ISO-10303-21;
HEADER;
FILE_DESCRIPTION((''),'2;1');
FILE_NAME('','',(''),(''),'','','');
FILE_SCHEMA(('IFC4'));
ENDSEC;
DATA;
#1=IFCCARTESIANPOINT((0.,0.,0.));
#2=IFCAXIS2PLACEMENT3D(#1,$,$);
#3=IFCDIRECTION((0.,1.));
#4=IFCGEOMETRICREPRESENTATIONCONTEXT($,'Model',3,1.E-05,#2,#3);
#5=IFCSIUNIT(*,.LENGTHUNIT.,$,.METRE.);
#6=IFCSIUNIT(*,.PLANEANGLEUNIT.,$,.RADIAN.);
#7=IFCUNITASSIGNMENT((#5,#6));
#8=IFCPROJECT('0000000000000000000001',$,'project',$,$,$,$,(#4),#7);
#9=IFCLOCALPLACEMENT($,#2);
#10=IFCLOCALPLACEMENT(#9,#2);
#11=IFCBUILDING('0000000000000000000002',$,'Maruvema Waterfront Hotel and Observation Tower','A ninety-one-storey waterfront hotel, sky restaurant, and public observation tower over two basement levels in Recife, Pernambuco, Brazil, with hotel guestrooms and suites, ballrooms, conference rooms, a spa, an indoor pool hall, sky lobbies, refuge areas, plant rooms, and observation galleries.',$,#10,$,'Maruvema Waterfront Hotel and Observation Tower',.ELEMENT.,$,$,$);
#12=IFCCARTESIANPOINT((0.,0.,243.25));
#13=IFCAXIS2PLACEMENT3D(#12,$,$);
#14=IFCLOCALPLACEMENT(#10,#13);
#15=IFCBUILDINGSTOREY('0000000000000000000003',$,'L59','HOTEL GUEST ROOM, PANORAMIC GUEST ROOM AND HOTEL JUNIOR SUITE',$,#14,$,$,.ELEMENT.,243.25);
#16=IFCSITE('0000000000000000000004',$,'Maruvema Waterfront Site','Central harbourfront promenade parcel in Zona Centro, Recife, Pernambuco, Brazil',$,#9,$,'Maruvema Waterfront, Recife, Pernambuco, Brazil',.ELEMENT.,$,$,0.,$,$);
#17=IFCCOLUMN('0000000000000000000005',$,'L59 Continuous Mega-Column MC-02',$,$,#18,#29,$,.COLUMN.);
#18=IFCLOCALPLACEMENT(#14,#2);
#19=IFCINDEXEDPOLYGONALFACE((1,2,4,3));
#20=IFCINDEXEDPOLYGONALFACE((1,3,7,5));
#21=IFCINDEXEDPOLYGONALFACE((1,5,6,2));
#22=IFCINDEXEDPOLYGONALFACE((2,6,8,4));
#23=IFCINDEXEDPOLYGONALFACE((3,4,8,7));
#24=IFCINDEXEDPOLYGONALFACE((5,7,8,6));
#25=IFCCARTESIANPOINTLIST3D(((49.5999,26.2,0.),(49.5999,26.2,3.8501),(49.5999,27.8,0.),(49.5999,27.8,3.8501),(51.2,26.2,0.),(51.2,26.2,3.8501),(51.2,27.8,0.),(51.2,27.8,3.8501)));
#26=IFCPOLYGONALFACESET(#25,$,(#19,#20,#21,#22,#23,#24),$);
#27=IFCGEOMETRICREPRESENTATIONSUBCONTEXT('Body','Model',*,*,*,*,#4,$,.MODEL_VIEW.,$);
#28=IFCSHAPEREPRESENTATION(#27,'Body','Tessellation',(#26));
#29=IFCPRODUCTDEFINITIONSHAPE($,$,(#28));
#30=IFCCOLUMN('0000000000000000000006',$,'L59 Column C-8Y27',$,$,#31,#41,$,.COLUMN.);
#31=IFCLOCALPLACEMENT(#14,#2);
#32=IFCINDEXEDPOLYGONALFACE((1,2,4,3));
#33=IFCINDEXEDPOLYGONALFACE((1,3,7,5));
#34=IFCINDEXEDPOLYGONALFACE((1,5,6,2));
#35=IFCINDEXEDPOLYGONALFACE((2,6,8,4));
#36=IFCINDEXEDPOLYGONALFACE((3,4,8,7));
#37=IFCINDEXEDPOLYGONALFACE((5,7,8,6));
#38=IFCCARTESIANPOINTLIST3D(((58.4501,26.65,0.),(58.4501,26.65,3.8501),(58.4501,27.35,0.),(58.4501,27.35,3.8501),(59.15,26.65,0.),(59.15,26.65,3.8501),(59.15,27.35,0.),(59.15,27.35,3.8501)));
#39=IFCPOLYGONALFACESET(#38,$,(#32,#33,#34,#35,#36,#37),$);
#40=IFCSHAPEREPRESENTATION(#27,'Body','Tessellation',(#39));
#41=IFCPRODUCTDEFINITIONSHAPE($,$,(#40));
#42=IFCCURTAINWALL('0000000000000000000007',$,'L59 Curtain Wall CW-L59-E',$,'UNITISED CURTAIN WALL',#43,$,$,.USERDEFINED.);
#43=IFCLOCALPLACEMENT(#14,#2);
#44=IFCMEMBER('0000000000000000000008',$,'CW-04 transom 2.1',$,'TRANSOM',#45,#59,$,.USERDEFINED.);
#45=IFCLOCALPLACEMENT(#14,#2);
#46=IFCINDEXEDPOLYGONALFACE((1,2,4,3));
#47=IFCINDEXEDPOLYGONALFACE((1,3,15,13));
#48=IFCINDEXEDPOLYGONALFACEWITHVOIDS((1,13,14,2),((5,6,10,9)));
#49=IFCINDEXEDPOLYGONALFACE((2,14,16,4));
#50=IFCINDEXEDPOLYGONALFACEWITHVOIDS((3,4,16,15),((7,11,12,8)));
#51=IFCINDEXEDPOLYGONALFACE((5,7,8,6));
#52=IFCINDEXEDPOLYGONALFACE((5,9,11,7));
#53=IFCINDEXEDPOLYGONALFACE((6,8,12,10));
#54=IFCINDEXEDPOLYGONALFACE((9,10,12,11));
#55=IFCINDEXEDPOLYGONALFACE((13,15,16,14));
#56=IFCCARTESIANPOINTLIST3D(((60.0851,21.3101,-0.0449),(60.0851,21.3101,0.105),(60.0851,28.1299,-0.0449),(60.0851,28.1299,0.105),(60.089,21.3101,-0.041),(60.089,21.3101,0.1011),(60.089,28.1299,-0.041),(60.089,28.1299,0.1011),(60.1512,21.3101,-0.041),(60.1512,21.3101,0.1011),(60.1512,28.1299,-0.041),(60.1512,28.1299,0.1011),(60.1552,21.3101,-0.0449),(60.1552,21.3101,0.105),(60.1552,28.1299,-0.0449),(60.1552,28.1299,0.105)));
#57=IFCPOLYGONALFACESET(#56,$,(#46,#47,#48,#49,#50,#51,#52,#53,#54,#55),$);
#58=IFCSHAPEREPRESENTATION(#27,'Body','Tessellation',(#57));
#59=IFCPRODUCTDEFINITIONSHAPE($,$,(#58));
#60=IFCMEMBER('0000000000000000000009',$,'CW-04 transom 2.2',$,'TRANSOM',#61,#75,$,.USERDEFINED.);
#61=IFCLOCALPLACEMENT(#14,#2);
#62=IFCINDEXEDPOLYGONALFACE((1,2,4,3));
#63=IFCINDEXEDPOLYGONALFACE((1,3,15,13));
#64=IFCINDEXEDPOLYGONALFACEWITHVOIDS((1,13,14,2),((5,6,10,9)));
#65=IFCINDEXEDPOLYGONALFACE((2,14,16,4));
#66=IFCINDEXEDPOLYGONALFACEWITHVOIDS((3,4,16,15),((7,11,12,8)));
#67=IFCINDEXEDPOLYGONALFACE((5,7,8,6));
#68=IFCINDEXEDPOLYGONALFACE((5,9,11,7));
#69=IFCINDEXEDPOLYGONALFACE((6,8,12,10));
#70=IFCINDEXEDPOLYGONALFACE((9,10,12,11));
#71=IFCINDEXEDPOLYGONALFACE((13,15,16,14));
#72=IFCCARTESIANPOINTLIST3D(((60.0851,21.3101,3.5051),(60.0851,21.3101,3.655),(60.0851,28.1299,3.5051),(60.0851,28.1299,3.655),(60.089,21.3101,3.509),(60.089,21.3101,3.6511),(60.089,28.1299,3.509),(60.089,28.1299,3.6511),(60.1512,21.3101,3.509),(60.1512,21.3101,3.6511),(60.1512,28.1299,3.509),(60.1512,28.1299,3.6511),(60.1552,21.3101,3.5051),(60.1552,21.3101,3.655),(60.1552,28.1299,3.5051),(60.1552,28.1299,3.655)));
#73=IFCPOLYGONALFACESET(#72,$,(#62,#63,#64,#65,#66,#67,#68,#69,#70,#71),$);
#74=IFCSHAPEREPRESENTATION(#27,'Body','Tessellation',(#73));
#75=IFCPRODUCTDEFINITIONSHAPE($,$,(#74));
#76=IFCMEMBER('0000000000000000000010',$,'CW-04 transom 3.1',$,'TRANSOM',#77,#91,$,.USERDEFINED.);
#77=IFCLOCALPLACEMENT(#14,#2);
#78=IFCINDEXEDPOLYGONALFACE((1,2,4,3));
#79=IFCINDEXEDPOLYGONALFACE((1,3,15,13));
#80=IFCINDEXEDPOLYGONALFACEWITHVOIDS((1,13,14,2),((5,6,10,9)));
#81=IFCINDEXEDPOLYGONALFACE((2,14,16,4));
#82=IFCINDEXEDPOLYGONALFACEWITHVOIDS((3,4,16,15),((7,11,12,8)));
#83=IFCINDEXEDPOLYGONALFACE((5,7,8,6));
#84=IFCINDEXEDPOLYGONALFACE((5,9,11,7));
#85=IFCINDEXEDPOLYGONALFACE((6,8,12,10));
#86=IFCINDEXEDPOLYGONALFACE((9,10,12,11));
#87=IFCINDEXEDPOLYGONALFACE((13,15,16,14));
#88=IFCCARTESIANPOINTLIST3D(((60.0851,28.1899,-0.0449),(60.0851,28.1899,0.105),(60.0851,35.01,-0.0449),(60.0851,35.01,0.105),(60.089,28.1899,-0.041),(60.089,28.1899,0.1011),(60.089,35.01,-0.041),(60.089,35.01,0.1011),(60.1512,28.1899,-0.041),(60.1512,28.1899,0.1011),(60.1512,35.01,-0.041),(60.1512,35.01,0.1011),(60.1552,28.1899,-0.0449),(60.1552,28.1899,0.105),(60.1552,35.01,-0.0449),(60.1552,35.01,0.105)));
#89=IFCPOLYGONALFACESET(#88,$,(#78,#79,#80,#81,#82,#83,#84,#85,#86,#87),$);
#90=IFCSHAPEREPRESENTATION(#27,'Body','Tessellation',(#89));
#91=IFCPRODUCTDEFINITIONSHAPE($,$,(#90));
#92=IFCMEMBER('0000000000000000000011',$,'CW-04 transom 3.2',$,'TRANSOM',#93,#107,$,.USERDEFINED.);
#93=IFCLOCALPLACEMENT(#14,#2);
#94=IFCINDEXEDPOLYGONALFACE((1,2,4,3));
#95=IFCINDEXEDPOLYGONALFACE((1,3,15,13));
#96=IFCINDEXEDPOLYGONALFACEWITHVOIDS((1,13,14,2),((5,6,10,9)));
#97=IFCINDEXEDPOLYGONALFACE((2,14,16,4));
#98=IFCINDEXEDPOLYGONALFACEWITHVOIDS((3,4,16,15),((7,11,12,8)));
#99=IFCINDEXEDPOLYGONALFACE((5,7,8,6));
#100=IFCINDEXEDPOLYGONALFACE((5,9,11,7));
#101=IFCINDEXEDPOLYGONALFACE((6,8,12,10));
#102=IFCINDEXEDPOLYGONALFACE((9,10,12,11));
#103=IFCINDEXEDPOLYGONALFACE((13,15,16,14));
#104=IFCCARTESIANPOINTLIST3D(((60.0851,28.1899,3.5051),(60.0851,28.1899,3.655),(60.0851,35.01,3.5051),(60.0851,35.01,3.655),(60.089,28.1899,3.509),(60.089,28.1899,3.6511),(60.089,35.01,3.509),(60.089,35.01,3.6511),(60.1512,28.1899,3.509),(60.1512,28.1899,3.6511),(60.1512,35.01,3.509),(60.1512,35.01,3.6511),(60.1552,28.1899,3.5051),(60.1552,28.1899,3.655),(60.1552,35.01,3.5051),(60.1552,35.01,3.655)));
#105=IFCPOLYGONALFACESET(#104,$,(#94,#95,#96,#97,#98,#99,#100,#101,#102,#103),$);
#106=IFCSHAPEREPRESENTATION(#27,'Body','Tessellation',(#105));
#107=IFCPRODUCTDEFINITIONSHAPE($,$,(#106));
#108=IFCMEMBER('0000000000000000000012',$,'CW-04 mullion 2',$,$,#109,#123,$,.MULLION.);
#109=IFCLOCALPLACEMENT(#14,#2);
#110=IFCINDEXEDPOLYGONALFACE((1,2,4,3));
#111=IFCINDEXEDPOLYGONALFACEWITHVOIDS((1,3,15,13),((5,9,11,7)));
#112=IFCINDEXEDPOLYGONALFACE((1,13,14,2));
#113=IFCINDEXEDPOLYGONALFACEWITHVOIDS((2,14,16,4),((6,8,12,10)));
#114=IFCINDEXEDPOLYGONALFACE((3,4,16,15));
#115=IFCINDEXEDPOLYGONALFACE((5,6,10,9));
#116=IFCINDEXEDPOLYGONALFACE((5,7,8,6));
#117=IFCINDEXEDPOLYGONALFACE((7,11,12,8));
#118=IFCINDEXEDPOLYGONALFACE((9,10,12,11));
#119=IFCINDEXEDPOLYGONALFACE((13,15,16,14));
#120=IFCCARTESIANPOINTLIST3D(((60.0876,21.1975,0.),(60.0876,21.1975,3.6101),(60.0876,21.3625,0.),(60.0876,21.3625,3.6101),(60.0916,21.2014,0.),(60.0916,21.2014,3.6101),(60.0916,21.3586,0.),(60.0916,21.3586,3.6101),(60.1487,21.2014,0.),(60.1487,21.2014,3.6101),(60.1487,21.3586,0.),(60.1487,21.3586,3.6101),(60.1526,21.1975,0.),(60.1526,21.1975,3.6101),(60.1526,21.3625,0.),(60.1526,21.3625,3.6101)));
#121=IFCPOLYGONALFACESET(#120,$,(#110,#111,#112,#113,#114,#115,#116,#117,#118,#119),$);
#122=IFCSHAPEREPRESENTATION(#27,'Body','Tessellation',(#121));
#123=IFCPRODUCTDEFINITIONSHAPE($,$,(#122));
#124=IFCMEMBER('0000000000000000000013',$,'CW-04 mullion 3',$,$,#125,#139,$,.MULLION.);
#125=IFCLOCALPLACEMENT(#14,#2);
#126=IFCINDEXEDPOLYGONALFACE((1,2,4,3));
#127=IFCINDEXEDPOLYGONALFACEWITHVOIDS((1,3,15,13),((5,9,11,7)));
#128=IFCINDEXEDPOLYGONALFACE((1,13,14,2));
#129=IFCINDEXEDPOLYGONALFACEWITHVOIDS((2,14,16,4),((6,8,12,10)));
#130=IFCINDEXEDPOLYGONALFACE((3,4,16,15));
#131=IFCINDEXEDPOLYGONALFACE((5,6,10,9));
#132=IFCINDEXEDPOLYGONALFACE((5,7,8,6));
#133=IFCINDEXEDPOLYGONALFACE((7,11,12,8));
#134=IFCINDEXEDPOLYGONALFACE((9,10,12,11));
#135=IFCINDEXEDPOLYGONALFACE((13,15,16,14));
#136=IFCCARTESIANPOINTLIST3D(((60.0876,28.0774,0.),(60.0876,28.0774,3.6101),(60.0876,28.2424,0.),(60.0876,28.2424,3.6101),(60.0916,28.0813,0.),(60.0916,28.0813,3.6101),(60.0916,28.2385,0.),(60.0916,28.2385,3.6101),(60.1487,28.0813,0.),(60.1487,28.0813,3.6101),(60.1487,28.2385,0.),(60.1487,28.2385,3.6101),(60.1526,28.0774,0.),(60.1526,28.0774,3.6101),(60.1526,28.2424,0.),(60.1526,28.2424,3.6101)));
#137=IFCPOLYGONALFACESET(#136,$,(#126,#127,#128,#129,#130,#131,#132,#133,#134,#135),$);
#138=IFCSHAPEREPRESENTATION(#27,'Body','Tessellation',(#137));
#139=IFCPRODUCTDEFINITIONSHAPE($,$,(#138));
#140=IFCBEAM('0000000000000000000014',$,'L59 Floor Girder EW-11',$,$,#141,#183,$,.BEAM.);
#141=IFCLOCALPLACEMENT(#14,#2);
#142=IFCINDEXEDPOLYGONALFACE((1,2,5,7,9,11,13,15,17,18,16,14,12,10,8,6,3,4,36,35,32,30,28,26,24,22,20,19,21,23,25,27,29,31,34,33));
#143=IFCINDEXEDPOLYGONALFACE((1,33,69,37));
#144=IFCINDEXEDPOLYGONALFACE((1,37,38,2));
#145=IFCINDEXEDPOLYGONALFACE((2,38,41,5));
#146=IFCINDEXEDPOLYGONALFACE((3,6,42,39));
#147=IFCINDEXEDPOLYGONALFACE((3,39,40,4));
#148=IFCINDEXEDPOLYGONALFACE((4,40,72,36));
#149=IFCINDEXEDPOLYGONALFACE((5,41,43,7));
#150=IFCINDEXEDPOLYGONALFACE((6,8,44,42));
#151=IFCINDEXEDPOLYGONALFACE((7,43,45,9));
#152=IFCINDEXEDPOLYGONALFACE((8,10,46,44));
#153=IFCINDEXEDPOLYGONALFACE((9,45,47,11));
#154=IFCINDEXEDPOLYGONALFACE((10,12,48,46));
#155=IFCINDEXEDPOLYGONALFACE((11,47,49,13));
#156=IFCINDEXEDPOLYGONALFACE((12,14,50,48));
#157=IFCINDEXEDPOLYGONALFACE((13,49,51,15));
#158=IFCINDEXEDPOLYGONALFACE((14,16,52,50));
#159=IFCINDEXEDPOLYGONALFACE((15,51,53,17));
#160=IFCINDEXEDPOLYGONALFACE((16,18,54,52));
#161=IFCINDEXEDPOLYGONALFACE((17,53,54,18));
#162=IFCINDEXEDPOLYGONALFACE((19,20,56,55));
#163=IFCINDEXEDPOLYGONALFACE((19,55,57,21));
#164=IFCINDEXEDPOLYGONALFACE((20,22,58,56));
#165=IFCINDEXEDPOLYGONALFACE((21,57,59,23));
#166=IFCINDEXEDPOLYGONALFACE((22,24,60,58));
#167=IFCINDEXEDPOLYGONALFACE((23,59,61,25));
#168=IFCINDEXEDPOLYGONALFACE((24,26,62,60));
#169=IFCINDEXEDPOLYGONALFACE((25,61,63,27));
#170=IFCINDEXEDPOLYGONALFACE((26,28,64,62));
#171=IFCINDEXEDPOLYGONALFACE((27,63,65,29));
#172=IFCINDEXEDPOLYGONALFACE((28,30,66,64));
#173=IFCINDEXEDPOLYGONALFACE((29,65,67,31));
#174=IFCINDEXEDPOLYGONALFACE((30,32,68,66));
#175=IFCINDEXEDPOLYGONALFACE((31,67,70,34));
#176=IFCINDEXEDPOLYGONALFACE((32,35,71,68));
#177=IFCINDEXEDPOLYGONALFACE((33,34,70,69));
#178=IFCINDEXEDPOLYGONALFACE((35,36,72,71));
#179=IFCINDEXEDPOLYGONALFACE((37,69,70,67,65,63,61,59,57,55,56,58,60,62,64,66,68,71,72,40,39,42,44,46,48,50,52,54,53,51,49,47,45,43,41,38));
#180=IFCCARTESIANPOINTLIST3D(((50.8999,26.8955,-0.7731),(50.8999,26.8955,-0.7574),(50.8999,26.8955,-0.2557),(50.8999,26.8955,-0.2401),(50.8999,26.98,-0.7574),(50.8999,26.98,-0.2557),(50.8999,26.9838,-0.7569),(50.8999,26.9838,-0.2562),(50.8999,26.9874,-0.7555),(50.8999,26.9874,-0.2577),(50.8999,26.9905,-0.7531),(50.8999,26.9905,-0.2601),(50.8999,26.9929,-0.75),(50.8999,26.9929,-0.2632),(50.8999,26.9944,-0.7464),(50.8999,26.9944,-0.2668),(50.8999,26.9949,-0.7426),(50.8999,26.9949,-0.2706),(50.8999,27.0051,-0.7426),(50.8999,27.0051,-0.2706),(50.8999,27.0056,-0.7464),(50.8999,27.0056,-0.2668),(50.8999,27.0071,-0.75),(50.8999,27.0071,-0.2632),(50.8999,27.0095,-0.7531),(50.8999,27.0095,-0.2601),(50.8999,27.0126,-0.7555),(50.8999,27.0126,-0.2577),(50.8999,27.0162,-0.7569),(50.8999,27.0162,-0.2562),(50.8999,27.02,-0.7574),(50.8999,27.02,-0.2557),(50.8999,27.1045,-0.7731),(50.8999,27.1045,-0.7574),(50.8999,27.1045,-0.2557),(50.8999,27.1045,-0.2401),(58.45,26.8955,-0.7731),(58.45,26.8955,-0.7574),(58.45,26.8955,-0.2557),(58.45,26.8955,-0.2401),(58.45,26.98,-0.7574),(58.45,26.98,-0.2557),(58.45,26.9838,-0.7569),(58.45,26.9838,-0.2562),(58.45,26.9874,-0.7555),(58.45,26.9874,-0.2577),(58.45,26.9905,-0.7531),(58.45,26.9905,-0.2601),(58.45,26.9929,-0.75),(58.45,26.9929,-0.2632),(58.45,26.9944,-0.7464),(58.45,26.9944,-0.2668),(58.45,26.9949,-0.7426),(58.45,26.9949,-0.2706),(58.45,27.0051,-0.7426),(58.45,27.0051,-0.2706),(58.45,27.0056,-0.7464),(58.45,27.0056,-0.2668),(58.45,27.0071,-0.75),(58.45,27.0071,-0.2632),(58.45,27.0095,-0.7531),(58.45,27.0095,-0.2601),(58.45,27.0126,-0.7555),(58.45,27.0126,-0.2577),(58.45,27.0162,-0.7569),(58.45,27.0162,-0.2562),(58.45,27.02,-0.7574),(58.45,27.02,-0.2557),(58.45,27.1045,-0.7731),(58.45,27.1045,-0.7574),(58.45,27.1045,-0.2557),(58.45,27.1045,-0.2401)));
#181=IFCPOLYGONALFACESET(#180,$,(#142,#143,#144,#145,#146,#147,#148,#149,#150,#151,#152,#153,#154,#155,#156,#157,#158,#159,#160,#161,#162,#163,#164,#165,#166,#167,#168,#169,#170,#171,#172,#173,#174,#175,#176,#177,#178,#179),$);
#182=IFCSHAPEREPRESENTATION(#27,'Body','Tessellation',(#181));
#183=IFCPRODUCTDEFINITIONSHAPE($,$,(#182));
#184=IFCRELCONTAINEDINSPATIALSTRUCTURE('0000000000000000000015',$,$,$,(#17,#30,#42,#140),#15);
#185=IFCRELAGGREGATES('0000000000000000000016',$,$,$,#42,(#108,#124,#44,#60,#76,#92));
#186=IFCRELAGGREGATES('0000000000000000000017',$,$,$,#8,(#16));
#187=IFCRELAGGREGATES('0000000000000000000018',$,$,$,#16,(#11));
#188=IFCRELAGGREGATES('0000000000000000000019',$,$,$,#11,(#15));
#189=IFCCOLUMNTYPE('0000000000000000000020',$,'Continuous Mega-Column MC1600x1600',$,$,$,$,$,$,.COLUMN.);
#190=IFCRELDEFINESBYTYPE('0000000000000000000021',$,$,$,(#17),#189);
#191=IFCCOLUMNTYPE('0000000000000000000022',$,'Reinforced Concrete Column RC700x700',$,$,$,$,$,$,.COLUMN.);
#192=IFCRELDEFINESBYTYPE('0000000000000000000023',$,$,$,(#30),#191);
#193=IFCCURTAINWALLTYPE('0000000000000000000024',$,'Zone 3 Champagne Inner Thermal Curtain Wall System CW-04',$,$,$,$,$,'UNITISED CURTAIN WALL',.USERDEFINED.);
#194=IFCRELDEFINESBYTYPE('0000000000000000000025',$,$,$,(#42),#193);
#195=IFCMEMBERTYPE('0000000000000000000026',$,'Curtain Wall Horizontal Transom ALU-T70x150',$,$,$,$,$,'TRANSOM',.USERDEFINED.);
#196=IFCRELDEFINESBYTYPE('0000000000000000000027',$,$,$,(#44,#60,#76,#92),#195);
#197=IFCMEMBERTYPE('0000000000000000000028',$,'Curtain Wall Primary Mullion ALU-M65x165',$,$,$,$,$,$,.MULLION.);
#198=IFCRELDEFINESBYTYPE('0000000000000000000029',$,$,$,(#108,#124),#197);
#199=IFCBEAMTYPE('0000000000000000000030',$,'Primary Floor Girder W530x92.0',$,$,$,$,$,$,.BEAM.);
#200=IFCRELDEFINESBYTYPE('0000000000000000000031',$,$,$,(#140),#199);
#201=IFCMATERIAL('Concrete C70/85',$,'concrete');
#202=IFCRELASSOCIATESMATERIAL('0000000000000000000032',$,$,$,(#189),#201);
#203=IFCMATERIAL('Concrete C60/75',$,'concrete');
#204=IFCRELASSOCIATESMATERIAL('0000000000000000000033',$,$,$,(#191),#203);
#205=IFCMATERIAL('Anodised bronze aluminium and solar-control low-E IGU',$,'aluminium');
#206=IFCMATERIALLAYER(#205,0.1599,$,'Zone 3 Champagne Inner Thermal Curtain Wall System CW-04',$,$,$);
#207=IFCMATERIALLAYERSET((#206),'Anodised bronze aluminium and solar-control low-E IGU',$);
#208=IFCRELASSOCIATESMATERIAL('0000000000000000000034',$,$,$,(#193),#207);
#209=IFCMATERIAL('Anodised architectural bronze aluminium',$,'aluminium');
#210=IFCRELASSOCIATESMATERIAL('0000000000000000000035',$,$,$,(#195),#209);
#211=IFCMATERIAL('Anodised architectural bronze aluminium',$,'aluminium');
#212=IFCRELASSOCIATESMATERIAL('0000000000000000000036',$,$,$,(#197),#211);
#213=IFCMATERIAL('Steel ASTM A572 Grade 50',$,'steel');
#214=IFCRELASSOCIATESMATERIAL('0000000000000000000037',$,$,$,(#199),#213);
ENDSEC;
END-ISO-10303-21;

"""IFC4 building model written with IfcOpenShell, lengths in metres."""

from ifc_helpers import new_model, si_unit, direction, frame, origin, origin_2d, place, context, subcontext, project, spatial, rectangle, hollow_rectangle, i_section, extrude, material, layer, layer_set, material_profile, profile_set, type_object, element, aggregate, save


model = new_model("IFC4")

# Units and contexts
model_context = context("Model", 3, precision=1e-05, world=origin(), true_north=direction((0.0, 1.0)))
body_context = subcontext(model_context, "Body", "Model", "MODEL_VIEW")
ifc_project = project(units=[si_unit("LENGTHUNIT", "METRE"), si_unit("PLANEANGLEUNIT", "RADIAN")], contexts=[model_context])

# Site, building, storey
site_placement = place(None, origin())
site = spatial("IfcSite", under=ifc_project, at=site_placement, Name="Maruvema Waterfront Site", Description="Central harbourfront promenade parcel in Zona Centro, Recife, Pernambuco, Brazil", LongName="Maruvema Waterfront, Recife, Pernambuco, Brazil", CompositionType="ELEMENT", RefElevation=0.0)
building_placement = place(site_placement, origin())
building = spatial("IfcBuilding", under=site, at=building_placement, Name="Maruvema Waterfront Hotel and Observation Tower", Description="A ninety-one-storey waterfront hotel, sky restaurant, and public observation tower over two basement levels in Recife, Pernambuco, Brazil, with hotel guestrooms and suites, ballrooms, conference rooms, a spa, an indoor pool hall, sky lobbies, refuge areas, plant rooms, and observation galleries.", LongName="Maruvema Waterfront Hotel and Observation Tower", CompositionType="ELEMENT")
storey_placement = place(building_placement, frame((0.0, 0.0, 243.25)))
storey = spatial("IfcBuildingStorey", under=building, at=storey_placement, Name="L59", Description="HOTEL GUEST ROOM, PANORAMIC GUEST ROOM AND HOTEL JUNIOR SUITE", CompositionType="ELEMENT", Elevation=243.25)

# Columns
ifc_material_1 = material(Name="Concrete C70/85", Category="concrete")
ifc_material_profile_1 = material_profile(ifc_material_1, rectangle(XDim=1.6001, YDim=1.6001, at=origin_2d()), Name="MC1600x1600")
ifc_profile_set_1 = profile_set([ifc_material_profile_1], Name="Concrete C70/85")
column_type_1 = type_object("IfcColumnType", Name="Continuous Mega-Column MC1600x1600", PredefinedType="COLUMN", material=ifc_profile_set_1)
column_1_placement = place(storey_placement, frame((50.3999, 27.0, 0.0), z_axis=(0.0, 0.0, 1.0), x_axis=(1.0, 0.0, 0.0)))
element("IfcColumn", 1, at=column_1_placement, inside=storey, type_object=column_type_1, Name="L59 Continuous Mega-Column MC-02", PredefinedType="COLUMN", context=body_context, shape_type="SweptSolid", body=[
    extrude(rectangle(XDim=1.6001, YDim=1.6001, at=origin_2d()), origin(), (0.0, 0.0, 1.0), 3.8501),
])
ifc_material_2 = material(Name="Concrete C60/75", Category="concrete")
ifc_material_profile_2 = material_profile(ifc_material_2, rectangle(XDim=0.7, YDim=0.7, at=origin_2d()), Name="RC700x700")
ifc_profile_set_2 = profile_set([ifc_material_profile_2], Name="Concrete C60/75")
column_type_2 = type_object("IfcColumnType", Name="Reinforced Concrete Column RC700x700", PredefinedType="COLUMN", material=ifc_profile_set_2)
column_2_placement = place(storey_placement, frame((58.8, 27.0, 0.0), z_axis=(0.0, 0.0, 1.0), x_axis=(1.0, 0.0, 0.0)))
element("IfcColumn", 2, at=column_2_placement, inside=storey, type_object=column_type_2, Name="L59 Column C-8Y27", PredefinedType="COLUMN", context=body_context, shape_type="SweptSolid", body=[
    extrude(rectangle(XDim=0.7, YDim=0.7, at=origin_2d()), origin(), (0.0, 0.0, 1.0), 3.8501),
])

# Curtain wall, members
ifc_material_3 = material(Name="Anodised bronze aluminium and solar-control low-E IGU", Category="aluminium")
ifc_layer_1 = layer(ifc_material_3, 0.1599, Name="Zone 3 Champagne Inner Thermal Curtain Wall System CW-04")
ifc_layer_set_1 = layer_set([ifc_layer_1], Name="Anodised bronze aluminium and solar-control low-E IGU")
curtain_wall_type = type_object("IfcCurtainWallType", Name="Zone 3 Champagne Inner Thermal Curtain Wall System CW-04", ElementType="UNITISED CURTAIN WALL", PredefinedType="USERDEFINED", material=ifc_layer_set_1)
curtain_wall_placement = place(storey_placement, origin())
curtain_wall = element("IfcCurtainWall", 3, at=curtain_wall_placement, inside=storey, type_object=curtain_wall_type, Name="L59 Curtain Wall CW-L59-E", ObjectType="UNITISED CURTAIN WALL", PredefinedType="USERDEFINED")
ifc_material_4 = material(Name="Anodised architectural bronze aluminium", Category="aluminium")
ifc_material_profile_3 = material_profile(ifc_material_4, hollow_rectangle(XDim=0.0701, YDim=0.1499, WallThickness=0.0039, at=origin_2d()), Name="ALU-T70x150")
ifc_profile_set_3 = profile_set([ifc_material_profile_3], Name="Anodised architectural bronze aluminium")
member_type_1 = type_object("IfcMemberType", Name="Curtain Wall Horizontal Transom ALU-T70x150", ElementType="TRANSOM", PredefinedType="USERDEFINED", material=ifc_profile_set_3)
member_1_placement = place(storey_placement, frame((60.1201, 21.3101, 0.03), z_axis=(0.0, 1.0, 0.0), x_axis=(-1.0, 0.0, 0.0)))
member_1 = element("IfcMember", 4, at=member_1_placement, type_object=member_type_1, Name="CW-04 transom 2.1", ObjectType="TRANSOM", PredefinedType="USERDEFINED", context=body_context, shape_type="SweptSolid", body=[
    extrude(hollow_rectangle(XDim=0.0701, YDim=0.1499, WallThickness=0.0039, at=origin_2d()), origin(), (0.0, 0.0, 1.0), 6.8198),
])
member_2_placement = place(storey_placement, frame((60.1201, 21.3101, 3.5801), z_axis=(0.0, 1.0, 0.0), x_axis=(-1.0, 0.0, 0.0)))
member_2 = element("IfcMember", 5, at=member_2_placement, type_object=member_type_1, Name="CW-04 transom 2.2", ObjectType="TRANSOM", PredefinedType="USERDEFINED", context=body_context, shape_type="SweptSolid", body=[
    extrude(hollow_rectangle(XDim=0.0701, YDim=0.1499, WallThickness=0.0039, at=origin_2d()), origin(), (0.0, 0.0, 1.0), 6.8198),
])
member_3_placement = place(storey_placement, frame((60.1201, 28.1899, 0.03), z_axis=(0.0, 1.0, 0.0), x_axis=(-1.0, 0.0, 0.0)))
member_3 = element("IfcMember", 6, at=member_3_placement, type_object=member_type_1, Name="CW-04 transom 3.1", ObjectType="TRANSOM", PredefinedType="USERDEFINED", context=body_context, shape_type="SweptSolid", body=[
    extrude(hollow_rectangle(XDim=0.0701, YDim=0.1499, WallThickness=0.0039, at=origin_2d()), origin(), (0.0, 0.0, 1.0), 6.8201),
])
member_4_placement = place(storey_placement, frame((60.1201, 28.1899, 3.5801), z_axis=(0.0, 1.0, 0.0), x_axis=(-1.0, 0.0, 0.0)))
member_4 = element("IfcMember", 7, at=member_4_placement, type_object=member_type_1, Name="CW-04 transom 3.2", ObjectType="TRANSOM", PredefinedType="USERDEFINED", context=body_context, shape_type="SweptSolid", body=[
    extrude(hollow_rectangle(XDim=0.0701, YDim=0.1499, WallThickness=0.0039, at=origin_2d()), origin(), (0.0, 0.0, 1.0), 6.8201),
])
ifc_material_5 = material(Name="Anodised architectural bronze aluminium", Category="aluminium")
ifc_material_profile_4 = material_profile(ifc_material_5, hollow_rectangle(XDim=0.0649, YDim=0.165, WallThickness=0.0039, at=origin_2d()), Name="ALU-M65x165")
ifc_profile_set_4 = profile_set([ifc_material_profile_4], Name="Anodised architectural bronze aluminium")
member_type_2 = type_object("IfcMemberType", Name="Curtain Wall Primary Mullion ALU-M65x165", PredefinedType="MULLION", material=ifc_profile_set_4)
member_5_placement = place(storey_placement, frame((60.1201, 21.28, 0.0), z_axis=(0.0, 0.0, 1.0), x_axis=(-1.0, 0.0, 0.0)))
member_5 = element("IfcMember", 8, at=member_5_placement, type_object=member_type_2, Name="CW-04 mullion 2", PredefinedType="MULLION", context=body_context, shape_type="SweptSolid", body=[
    extrude(hollow_rectangle(XDim=0.0649, YDim=0.165, WallThickness=0.0039, at=origin_2d()), origin(), (0.0, 0.0, 1.0), 3.6101),
])
member_6_placement = place(storey_placement, frame((60.1201, 28.1599, 0.0), z_axis=(0.0, 0.0, 1.0), x_axis=(-1.0, 0.0, 0.0)))
member_6 = element("IfcMember", 9, at=member_6_placement, type_object=member_type_2, Name="CW-04 mullion 3", PredefinedType="MULLION", context=body_context, shape_type="SweptSolid", body=[
    extrude(hollow_rectangle(XDim=0.0649, YDim=0.165, WallThickness=0.0039, at=origin_2d()), origin(), (0.0, 0.0, 1.0), 3.6101),
])

# Beam
ifc_material_6 = material(Name="Steel ASTM A572 Grade 50", Category="steel")
ifc_material_profile_5 = material_profile(ifc_material_6, i_section(OverallWidth=0.209, OverallDepth=0.533, WebThickness=0.0103, FlangeThickness=0.0156, FilletRadius=0.0149, at=origin_2d()), Name="W530x92.0")
ifc_profile_set_5 = profile_set([ifc_material_profile_5], Name="Steel ASTM A572 Grade 50")
beam_type_1 = type_object("IfcBeamType", Name="Primary Floor Girder W530x92.0", PredefinedType="BEAM", material=ifc_profile_set_5)
beam_1_placement = place(storey_placement, frame((50.8999, 27.0, -0.5066), z_axis=(1.0, 0.0, 0.0), x_axis=(0.0, 1.0, 0.0)))
element("IfcBeam", 10, at=beam_1_placement, inside=storey, type_object=beam_type_1, Name="L59 Floor Girder EW-11", PredefinedType="BEAM", context=body_context, shape_type="SweptSolid", body=[
    extrude(i_section(OverallWidth=0.209, OverallDepth=0.533, WebThickness=0.0103, FlangeThickness=0.0156, FilletRadius=0.0149, at=origin_2d()), origin(), (0.0, 0.0, 1.0), 7.55),
])

aggregate(curtain_wall, [member_5, member_6, member_1, member_2, member_3, member_4])

save(model, "model.ifc")
